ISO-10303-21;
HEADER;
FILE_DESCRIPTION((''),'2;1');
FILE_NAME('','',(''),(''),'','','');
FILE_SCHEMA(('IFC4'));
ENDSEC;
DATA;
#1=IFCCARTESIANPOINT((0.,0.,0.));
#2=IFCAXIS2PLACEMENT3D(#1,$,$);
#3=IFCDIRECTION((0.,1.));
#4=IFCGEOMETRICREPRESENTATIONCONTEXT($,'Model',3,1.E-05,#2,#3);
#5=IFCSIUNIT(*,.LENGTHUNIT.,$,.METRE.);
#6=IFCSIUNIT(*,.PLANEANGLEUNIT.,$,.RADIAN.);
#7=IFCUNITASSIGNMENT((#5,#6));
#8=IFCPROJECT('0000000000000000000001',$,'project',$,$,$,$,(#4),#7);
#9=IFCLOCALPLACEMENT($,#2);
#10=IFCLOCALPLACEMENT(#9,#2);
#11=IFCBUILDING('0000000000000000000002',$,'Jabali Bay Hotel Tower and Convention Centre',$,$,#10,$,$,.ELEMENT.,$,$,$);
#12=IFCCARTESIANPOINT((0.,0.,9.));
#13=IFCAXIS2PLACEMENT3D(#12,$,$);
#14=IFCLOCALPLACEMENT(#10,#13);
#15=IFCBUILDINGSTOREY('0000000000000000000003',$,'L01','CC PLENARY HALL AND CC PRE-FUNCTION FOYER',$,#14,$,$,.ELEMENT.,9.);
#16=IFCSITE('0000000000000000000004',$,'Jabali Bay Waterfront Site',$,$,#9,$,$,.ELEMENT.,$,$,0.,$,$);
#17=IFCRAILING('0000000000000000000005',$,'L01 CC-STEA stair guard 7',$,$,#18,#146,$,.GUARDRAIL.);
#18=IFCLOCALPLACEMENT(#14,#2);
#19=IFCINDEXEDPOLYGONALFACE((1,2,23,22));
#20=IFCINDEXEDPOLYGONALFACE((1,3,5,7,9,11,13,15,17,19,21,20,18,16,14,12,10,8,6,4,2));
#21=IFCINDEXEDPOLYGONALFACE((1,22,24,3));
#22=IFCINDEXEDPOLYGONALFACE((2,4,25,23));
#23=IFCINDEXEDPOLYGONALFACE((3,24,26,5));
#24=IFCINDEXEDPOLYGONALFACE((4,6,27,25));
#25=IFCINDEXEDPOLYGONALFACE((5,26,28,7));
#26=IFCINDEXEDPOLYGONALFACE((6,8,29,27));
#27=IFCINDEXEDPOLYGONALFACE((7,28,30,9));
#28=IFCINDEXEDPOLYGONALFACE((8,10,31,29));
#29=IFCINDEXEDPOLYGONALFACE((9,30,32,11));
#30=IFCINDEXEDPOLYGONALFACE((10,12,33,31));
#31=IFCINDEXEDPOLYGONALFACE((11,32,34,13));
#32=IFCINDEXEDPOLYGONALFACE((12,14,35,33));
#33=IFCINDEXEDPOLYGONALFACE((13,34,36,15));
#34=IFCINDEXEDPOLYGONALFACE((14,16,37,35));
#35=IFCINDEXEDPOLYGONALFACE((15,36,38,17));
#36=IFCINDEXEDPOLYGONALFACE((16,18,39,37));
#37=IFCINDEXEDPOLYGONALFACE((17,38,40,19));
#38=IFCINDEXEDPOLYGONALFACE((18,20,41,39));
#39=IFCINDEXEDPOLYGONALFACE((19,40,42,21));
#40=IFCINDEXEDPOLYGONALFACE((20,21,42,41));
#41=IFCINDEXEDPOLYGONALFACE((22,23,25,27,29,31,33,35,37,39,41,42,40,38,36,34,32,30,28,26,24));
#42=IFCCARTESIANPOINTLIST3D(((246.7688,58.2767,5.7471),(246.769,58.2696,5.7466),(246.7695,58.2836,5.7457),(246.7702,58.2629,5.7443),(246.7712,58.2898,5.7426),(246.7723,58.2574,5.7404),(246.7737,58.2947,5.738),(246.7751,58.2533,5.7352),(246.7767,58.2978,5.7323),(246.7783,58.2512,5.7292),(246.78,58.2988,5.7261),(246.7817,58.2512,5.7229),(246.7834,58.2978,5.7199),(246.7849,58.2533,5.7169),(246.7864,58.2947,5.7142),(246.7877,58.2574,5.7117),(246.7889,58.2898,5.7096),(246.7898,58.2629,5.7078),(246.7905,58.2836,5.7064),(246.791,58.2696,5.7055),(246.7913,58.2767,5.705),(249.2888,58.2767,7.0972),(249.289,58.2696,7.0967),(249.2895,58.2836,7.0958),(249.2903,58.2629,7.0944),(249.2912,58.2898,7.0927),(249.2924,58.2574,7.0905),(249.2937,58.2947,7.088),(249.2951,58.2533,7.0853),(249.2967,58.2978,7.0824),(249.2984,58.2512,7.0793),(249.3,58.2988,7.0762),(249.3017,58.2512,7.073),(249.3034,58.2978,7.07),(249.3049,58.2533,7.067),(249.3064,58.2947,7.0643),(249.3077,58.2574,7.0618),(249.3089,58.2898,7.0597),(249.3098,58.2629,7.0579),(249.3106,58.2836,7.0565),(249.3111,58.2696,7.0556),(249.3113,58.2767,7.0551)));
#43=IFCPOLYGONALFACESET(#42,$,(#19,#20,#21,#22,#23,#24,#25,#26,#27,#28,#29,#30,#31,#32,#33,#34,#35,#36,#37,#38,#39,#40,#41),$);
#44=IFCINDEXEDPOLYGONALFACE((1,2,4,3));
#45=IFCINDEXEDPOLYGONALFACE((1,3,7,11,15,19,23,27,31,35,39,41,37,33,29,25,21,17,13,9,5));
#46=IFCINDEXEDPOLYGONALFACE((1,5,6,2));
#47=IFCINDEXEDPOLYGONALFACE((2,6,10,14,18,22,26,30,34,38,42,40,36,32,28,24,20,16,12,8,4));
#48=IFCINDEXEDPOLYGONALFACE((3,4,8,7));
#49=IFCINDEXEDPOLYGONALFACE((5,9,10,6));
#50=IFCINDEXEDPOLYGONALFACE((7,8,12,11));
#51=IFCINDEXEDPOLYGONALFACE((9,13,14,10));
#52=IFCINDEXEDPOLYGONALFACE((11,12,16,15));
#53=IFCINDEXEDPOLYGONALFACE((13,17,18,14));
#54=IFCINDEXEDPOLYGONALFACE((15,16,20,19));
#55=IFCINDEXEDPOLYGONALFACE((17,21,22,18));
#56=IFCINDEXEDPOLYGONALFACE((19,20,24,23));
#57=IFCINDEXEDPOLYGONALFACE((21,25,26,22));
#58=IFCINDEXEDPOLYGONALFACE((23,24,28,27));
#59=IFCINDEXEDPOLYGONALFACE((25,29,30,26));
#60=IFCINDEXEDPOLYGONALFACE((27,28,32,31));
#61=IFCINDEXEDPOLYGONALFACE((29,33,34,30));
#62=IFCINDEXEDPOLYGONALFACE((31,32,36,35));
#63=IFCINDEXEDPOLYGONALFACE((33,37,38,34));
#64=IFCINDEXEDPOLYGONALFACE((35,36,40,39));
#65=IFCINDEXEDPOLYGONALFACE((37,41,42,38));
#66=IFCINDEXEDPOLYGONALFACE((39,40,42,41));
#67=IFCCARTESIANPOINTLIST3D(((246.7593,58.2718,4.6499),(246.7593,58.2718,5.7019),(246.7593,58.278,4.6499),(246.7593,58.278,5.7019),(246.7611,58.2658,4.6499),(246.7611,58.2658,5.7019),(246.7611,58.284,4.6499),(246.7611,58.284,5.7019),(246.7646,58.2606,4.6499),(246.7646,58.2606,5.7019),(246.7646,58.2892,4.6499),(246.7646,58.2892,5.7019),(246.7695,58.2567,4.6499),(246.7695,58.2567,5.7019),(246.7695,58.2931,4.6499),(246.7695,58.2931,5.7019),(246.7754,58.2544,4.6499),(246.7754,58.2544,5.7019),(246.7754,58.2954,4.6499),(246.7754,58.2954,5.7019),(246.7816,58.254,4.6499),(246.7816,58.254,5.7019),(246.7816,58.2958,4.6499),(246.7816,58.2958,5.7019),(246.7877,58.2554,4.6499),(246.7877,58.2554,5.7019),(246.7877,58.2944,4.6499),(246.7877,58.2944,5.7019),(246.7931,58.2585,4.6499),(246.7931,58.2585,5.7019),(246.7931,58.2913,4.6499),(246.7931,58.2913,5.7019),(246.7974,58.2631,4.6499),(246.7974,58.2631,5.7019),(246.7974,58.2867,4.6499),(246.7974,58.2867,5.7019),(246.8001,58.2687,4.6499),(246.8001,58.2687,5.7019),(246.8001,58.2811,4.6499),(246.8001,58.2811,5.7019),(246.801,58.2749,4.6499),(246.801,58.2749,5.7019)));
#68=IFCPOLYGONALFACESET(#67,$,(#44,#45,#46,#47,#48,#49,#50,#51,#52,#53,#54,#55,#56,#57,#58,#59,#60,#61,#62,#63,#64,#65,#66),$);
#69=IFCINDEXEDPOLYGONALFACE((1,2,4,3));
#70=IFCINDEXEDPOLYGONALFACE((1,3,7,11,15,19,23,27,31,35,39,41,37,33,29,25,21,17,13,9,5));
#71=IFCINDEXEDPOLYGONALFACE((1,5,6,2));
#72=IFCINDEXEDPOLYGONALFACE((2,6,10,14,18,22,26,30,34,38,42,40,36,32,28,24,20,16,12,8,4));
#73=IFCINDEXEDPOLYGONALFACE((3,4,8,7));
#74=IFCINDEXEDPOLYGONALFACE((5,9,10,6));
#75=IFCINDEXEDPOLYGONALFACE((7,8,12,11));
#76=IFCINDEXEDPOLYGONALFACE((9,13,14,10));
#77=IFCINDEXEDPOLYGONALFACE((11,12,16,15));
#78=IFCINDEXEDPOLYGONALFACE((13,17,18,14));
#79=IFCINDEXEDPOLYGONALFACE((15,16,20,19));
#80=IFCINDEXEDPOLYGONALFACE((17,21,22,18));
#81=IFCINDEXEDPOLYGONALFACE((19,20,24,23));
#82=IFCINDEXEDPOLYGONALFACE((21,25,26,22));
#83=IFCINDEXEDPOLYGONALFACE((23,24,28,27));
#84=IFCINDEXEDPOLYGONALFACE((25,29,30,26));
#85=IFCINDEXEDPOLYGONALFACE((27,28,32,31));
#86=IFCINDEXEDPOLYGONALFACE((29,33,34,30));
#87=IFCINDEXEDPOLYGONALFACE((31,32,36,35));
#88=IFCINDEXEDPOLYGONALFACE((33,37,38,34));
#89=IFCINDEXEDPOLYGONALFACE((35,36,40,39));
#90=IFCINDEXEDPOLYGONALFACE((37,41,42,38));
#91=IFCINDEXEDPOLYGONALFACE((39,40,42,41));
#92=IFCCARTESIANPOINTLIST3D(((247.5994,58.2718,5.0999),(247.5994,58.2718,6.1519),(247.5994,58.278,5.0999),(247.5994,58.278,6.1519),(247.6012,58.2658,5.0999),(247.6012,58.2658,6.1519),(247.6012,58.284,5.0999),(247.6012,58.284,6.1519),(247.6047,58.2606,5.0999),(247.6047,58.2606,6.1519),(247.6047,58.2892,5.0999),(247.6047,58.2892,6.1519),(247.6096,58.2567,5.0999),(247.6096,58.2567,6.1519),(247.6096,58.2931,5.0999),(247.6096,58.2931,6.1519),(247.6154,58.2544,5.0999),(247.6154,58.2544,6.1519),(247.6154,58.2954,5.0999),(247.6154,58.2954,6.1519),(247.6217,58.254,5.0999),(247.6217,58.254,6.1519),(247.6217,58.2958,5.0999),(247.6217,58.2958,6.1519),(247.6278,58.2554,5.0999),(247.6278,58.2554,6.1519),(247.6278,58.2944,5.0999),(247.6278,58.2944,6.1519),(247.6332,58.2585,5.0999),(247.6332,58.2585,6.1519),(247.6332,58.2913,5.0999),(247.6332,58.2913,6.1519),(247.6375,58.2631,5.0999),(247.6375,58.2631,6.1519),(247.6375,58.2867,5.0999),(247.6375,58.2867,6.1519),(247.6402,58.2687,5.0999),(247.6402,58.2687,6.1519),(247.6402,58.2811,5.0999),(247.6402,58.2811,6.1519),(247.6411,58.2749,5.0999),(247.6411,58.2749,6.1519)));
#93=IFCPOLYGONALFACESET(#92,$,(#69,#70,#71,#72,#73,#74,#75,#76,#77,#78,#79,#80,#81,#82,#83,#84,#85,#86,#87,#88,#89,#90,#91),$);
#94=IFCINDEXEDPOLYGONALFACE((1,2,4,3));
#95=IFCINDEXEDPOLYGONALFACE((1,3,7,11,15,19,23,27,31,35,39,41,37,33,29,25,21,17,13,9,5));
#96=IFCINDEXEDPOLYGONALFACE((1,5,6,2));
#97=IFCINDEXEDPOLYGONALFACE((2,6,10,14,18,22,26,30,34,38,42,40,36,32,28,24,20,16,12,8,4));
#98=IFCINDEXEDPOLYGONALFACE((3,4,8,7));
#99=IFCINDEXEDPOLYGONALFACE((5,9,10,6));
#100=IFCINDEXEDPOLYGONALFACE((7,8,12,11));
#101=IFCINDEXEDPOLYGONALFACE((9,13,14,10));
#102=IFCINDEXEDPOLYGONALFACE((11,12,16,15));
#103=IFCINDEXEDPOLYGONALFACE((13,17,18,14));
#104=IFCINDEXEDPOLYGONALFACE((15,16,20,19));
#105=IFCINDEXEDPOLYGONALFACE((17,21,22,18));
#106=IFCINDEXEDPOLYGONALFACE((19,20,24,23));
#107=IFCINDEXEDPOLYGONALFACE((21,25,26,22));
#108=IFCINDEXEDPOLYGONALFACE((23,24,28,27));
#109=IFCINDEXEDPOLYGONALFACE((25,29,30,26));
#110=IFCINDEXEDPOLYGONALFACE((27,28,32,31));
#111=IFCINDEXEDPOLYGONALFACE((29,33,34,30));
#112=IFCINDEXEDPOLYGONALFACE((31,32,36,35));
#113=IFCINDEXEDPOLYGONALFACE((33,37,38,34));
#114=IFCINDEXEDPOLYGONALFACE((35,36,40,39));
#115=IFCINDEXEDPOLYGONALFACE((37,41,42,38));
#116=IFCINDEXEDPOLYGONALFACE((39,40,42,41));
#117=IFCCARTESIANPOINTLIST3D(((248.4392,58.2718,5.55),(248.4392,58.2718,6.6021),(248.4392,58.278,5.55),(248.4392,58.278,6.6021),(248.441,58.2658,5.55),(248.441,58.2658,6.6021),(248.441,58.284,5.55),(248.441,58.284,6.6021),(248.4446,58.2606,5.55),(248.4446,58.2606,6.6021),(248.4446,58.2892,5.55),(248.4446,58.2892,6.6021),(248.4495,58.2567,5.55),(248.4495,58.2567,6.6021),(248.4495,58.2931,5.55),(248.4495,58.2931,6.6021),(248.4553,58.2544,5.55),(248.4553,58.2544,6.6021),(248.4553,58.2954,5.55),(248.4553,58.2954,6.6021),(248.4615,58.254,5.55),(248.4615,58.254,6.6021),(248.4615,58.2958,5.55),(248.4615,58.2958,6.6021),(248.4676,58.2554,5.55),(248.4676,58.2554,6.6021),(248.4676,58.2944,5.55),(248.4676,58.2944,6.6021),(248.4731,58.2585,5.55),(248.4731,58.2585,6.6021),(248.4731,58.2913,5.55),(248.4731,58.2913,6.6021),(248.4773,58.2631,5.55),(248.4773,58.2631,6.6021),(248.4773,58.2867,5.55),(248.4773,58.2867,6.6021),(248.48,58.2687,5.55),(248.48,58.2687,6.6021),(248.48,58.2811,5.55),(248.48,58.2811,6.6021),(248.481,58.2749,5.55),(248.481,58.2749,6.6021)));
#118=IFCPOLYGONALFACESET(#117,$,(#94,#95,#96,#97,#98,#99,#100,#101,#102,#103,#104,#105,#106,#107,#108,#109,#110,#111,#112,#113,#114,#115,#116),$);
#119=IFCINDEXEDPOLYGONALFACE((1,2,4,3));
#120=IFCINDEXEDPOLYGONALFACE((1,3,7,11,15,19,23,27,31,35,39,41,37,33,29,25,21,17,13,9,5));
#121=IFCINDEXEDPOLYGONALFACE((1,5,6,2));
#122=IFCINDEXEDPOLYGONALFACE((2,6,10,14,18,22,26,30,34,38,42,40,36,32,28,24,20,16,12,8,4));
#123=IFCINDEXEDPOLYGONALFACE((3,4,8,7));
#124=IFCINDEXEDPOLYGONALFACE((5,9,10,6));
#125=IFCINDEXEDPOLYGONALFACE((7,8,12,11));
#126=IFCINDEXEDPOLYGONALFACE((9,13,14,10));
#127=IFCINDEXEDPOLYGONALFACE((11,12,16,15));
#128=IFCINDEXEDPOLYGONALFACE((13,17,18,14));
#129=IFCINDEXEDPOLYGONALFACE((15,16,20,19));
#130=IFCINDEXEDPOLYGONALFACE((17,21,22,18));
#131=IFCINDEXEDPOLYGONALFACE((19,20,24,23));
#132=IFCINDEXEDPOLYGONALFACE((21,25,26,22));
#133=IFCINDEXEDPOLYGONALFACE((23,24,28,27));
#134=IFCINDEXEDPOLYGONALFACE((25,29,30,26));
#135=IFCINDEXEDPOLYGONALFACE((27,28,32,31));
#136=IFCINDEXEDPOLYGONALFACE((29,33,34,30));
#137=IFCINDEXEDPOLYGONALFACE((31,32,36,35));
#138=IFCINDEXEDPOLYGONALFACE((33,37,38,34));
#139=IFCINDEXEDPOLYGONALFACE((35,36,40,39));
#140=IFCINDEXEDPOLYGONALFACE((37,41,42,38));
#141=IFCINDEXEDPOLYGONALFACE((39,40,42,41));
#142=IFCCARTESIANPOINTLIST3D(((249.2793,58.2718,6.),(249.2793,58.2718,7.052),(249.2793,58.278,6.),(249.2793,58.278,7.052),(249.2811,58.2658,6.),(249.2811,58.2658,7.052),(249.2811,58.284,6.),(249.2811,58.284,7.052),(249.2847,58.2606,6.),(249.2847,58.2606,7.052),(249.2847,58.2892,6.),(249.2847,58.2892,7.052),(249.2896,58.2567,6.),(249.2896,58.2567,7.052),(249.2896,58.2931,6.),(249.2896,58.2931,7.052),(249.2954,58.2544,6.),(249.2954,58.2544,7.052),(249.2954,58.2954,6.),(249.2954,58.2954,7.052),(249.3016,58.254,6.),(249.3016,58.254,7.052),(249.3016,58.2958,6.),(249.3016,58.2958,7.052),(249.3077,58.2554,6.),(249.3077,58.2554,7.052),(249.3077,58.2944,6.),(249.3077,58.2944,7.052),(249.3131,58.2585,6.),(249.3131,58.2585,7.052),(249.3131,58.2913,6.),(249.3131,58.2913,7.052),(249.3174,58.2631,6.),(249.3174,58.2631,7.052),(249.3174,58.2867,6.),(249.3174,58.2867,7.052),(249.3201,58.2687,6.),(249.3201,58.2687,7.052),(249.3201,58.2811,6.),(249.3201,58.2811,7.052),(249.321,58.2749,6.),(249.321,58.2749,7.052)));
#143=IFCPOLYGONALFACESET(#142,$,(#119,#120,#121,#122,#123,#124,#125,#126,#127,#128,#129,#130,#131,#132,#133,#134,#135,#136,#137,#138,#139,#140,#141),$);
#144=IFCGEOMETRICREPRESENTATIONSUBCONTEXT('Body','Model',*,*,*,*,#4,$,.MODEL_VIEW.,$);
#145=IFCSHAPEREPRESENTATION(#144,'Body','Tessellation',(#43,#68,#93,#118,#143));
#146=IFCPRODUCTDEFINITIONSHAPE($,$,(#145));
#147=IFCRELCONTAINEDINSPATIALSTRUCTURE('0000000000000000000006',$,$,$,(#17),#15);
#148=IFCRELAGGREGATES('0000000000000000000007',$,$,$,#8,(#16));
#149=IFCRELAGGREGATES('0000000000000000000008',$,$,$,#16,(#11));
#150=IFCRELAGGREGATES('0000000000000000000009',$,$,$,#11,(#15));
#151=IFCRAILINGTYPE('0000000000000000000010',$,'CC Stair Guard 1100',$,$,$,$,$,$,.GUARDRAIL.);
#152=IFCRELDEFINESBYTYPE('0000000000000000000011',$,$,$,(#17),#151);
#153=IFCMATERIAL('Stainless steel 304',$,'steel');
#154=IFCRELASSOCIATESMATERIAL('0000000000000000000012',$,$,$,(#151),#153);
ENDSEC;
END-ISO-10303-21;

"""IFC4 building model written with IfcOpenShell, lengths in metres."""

from ifc_helpers import new_model, si_unit, direction, frame, origin, origin_2d, place, context, subcontext, project, spatial, circle, extrude, material, type_object, element, save


model = new_model("IFC4")

# Units and contexts
model_context = context("Model", 3, precision=1e-05, world=origin(), true_north=direction((0.0, 1.0)))
body_context = subcontext(model_context, "Body", "Model", "MODEL_VIEW")
ifc_project = project(units=[si_unit("LENGTHUNIT", "METRE"), si_unit("PLANEANGLEUNIT", "RADIAN")], contexts=[model_context])

# Site, building, storey
site_placement = place(None, origin())
site = spatial("IfcSite", under=ifc_project, at=site_placement, Name="Jabali Bay Waterfront Site", CompositionType="ELEMENT", RefElevation=0.0)
building_placement = place(site_placement, origin())
building = spatial("IfcBuilding", under=site, at=building_placement, Name="Jabali Bay Hotel Tower and Convention Centre", CompositionType="ELEMENT")
storey_placement = place(building_placement, frame((0.0, 0.0, 9.0)))
storey = spatial("IfcBuildingStorey", under=building, at=storey_placement, Name="L01", Description="CC PLENARY HALL AND CC PRE-FUNCTION FOYER", CompositionType="ELEMENT", Elevation=9.0)

# Railing
ifc_material_1 = material(Name="Stainless steel 304", Category="steel")
railing_type_1 = type_object("IfcRailingType", Name="CC Stair Guard 1100", PredefinedType="GUARDRAIL", material=ifc_material_1)
railing_1_placement = place(storey_placement, frame((246.78, 58.2749, 4.6499)))
element("IfcRailing", 1, at=railing_1_placement, inside=storey, type_object=railing_type_1, Name="L01 CC-STEA stair guard 7", PredefinedType="GUARDRAIL", context=body_context, shape_type="SweptSolid", body=[
    extrude(circle(Radius=0.0239, at=origin_2d()), frame((0.0, 0.0, 1.0762), z_axis=(0.881467, 0.0, 0.472245), x_axis=(0.0, 1.0, 0.0)), (0.0, 0.0, 1.0), 2.8589),
    extrude(circle(Radius=0.021, at=origin_2d()), origin(), (0.0, 0.0, 1.0), 1.052),
    extrude(circle(Radius=0.021, at=origin_2d()), frame((0.8401, 0.0, 0.45)), (0.0, 0.0, 1.0), 1.052),
    extrude(circle(Radius=0.021, at=origin_2d()), frame((1.6799, 0.0, 0.9001)), (0.0, 0.0, 1.0), 1.052),
    extrude(circle(Radius=0.021, at=origin_2d()), frame((2.52, 0.0, 1.3501)), (0.0, 0.0, 1.0), 1.052),
])

save(model, "model.ifc")
